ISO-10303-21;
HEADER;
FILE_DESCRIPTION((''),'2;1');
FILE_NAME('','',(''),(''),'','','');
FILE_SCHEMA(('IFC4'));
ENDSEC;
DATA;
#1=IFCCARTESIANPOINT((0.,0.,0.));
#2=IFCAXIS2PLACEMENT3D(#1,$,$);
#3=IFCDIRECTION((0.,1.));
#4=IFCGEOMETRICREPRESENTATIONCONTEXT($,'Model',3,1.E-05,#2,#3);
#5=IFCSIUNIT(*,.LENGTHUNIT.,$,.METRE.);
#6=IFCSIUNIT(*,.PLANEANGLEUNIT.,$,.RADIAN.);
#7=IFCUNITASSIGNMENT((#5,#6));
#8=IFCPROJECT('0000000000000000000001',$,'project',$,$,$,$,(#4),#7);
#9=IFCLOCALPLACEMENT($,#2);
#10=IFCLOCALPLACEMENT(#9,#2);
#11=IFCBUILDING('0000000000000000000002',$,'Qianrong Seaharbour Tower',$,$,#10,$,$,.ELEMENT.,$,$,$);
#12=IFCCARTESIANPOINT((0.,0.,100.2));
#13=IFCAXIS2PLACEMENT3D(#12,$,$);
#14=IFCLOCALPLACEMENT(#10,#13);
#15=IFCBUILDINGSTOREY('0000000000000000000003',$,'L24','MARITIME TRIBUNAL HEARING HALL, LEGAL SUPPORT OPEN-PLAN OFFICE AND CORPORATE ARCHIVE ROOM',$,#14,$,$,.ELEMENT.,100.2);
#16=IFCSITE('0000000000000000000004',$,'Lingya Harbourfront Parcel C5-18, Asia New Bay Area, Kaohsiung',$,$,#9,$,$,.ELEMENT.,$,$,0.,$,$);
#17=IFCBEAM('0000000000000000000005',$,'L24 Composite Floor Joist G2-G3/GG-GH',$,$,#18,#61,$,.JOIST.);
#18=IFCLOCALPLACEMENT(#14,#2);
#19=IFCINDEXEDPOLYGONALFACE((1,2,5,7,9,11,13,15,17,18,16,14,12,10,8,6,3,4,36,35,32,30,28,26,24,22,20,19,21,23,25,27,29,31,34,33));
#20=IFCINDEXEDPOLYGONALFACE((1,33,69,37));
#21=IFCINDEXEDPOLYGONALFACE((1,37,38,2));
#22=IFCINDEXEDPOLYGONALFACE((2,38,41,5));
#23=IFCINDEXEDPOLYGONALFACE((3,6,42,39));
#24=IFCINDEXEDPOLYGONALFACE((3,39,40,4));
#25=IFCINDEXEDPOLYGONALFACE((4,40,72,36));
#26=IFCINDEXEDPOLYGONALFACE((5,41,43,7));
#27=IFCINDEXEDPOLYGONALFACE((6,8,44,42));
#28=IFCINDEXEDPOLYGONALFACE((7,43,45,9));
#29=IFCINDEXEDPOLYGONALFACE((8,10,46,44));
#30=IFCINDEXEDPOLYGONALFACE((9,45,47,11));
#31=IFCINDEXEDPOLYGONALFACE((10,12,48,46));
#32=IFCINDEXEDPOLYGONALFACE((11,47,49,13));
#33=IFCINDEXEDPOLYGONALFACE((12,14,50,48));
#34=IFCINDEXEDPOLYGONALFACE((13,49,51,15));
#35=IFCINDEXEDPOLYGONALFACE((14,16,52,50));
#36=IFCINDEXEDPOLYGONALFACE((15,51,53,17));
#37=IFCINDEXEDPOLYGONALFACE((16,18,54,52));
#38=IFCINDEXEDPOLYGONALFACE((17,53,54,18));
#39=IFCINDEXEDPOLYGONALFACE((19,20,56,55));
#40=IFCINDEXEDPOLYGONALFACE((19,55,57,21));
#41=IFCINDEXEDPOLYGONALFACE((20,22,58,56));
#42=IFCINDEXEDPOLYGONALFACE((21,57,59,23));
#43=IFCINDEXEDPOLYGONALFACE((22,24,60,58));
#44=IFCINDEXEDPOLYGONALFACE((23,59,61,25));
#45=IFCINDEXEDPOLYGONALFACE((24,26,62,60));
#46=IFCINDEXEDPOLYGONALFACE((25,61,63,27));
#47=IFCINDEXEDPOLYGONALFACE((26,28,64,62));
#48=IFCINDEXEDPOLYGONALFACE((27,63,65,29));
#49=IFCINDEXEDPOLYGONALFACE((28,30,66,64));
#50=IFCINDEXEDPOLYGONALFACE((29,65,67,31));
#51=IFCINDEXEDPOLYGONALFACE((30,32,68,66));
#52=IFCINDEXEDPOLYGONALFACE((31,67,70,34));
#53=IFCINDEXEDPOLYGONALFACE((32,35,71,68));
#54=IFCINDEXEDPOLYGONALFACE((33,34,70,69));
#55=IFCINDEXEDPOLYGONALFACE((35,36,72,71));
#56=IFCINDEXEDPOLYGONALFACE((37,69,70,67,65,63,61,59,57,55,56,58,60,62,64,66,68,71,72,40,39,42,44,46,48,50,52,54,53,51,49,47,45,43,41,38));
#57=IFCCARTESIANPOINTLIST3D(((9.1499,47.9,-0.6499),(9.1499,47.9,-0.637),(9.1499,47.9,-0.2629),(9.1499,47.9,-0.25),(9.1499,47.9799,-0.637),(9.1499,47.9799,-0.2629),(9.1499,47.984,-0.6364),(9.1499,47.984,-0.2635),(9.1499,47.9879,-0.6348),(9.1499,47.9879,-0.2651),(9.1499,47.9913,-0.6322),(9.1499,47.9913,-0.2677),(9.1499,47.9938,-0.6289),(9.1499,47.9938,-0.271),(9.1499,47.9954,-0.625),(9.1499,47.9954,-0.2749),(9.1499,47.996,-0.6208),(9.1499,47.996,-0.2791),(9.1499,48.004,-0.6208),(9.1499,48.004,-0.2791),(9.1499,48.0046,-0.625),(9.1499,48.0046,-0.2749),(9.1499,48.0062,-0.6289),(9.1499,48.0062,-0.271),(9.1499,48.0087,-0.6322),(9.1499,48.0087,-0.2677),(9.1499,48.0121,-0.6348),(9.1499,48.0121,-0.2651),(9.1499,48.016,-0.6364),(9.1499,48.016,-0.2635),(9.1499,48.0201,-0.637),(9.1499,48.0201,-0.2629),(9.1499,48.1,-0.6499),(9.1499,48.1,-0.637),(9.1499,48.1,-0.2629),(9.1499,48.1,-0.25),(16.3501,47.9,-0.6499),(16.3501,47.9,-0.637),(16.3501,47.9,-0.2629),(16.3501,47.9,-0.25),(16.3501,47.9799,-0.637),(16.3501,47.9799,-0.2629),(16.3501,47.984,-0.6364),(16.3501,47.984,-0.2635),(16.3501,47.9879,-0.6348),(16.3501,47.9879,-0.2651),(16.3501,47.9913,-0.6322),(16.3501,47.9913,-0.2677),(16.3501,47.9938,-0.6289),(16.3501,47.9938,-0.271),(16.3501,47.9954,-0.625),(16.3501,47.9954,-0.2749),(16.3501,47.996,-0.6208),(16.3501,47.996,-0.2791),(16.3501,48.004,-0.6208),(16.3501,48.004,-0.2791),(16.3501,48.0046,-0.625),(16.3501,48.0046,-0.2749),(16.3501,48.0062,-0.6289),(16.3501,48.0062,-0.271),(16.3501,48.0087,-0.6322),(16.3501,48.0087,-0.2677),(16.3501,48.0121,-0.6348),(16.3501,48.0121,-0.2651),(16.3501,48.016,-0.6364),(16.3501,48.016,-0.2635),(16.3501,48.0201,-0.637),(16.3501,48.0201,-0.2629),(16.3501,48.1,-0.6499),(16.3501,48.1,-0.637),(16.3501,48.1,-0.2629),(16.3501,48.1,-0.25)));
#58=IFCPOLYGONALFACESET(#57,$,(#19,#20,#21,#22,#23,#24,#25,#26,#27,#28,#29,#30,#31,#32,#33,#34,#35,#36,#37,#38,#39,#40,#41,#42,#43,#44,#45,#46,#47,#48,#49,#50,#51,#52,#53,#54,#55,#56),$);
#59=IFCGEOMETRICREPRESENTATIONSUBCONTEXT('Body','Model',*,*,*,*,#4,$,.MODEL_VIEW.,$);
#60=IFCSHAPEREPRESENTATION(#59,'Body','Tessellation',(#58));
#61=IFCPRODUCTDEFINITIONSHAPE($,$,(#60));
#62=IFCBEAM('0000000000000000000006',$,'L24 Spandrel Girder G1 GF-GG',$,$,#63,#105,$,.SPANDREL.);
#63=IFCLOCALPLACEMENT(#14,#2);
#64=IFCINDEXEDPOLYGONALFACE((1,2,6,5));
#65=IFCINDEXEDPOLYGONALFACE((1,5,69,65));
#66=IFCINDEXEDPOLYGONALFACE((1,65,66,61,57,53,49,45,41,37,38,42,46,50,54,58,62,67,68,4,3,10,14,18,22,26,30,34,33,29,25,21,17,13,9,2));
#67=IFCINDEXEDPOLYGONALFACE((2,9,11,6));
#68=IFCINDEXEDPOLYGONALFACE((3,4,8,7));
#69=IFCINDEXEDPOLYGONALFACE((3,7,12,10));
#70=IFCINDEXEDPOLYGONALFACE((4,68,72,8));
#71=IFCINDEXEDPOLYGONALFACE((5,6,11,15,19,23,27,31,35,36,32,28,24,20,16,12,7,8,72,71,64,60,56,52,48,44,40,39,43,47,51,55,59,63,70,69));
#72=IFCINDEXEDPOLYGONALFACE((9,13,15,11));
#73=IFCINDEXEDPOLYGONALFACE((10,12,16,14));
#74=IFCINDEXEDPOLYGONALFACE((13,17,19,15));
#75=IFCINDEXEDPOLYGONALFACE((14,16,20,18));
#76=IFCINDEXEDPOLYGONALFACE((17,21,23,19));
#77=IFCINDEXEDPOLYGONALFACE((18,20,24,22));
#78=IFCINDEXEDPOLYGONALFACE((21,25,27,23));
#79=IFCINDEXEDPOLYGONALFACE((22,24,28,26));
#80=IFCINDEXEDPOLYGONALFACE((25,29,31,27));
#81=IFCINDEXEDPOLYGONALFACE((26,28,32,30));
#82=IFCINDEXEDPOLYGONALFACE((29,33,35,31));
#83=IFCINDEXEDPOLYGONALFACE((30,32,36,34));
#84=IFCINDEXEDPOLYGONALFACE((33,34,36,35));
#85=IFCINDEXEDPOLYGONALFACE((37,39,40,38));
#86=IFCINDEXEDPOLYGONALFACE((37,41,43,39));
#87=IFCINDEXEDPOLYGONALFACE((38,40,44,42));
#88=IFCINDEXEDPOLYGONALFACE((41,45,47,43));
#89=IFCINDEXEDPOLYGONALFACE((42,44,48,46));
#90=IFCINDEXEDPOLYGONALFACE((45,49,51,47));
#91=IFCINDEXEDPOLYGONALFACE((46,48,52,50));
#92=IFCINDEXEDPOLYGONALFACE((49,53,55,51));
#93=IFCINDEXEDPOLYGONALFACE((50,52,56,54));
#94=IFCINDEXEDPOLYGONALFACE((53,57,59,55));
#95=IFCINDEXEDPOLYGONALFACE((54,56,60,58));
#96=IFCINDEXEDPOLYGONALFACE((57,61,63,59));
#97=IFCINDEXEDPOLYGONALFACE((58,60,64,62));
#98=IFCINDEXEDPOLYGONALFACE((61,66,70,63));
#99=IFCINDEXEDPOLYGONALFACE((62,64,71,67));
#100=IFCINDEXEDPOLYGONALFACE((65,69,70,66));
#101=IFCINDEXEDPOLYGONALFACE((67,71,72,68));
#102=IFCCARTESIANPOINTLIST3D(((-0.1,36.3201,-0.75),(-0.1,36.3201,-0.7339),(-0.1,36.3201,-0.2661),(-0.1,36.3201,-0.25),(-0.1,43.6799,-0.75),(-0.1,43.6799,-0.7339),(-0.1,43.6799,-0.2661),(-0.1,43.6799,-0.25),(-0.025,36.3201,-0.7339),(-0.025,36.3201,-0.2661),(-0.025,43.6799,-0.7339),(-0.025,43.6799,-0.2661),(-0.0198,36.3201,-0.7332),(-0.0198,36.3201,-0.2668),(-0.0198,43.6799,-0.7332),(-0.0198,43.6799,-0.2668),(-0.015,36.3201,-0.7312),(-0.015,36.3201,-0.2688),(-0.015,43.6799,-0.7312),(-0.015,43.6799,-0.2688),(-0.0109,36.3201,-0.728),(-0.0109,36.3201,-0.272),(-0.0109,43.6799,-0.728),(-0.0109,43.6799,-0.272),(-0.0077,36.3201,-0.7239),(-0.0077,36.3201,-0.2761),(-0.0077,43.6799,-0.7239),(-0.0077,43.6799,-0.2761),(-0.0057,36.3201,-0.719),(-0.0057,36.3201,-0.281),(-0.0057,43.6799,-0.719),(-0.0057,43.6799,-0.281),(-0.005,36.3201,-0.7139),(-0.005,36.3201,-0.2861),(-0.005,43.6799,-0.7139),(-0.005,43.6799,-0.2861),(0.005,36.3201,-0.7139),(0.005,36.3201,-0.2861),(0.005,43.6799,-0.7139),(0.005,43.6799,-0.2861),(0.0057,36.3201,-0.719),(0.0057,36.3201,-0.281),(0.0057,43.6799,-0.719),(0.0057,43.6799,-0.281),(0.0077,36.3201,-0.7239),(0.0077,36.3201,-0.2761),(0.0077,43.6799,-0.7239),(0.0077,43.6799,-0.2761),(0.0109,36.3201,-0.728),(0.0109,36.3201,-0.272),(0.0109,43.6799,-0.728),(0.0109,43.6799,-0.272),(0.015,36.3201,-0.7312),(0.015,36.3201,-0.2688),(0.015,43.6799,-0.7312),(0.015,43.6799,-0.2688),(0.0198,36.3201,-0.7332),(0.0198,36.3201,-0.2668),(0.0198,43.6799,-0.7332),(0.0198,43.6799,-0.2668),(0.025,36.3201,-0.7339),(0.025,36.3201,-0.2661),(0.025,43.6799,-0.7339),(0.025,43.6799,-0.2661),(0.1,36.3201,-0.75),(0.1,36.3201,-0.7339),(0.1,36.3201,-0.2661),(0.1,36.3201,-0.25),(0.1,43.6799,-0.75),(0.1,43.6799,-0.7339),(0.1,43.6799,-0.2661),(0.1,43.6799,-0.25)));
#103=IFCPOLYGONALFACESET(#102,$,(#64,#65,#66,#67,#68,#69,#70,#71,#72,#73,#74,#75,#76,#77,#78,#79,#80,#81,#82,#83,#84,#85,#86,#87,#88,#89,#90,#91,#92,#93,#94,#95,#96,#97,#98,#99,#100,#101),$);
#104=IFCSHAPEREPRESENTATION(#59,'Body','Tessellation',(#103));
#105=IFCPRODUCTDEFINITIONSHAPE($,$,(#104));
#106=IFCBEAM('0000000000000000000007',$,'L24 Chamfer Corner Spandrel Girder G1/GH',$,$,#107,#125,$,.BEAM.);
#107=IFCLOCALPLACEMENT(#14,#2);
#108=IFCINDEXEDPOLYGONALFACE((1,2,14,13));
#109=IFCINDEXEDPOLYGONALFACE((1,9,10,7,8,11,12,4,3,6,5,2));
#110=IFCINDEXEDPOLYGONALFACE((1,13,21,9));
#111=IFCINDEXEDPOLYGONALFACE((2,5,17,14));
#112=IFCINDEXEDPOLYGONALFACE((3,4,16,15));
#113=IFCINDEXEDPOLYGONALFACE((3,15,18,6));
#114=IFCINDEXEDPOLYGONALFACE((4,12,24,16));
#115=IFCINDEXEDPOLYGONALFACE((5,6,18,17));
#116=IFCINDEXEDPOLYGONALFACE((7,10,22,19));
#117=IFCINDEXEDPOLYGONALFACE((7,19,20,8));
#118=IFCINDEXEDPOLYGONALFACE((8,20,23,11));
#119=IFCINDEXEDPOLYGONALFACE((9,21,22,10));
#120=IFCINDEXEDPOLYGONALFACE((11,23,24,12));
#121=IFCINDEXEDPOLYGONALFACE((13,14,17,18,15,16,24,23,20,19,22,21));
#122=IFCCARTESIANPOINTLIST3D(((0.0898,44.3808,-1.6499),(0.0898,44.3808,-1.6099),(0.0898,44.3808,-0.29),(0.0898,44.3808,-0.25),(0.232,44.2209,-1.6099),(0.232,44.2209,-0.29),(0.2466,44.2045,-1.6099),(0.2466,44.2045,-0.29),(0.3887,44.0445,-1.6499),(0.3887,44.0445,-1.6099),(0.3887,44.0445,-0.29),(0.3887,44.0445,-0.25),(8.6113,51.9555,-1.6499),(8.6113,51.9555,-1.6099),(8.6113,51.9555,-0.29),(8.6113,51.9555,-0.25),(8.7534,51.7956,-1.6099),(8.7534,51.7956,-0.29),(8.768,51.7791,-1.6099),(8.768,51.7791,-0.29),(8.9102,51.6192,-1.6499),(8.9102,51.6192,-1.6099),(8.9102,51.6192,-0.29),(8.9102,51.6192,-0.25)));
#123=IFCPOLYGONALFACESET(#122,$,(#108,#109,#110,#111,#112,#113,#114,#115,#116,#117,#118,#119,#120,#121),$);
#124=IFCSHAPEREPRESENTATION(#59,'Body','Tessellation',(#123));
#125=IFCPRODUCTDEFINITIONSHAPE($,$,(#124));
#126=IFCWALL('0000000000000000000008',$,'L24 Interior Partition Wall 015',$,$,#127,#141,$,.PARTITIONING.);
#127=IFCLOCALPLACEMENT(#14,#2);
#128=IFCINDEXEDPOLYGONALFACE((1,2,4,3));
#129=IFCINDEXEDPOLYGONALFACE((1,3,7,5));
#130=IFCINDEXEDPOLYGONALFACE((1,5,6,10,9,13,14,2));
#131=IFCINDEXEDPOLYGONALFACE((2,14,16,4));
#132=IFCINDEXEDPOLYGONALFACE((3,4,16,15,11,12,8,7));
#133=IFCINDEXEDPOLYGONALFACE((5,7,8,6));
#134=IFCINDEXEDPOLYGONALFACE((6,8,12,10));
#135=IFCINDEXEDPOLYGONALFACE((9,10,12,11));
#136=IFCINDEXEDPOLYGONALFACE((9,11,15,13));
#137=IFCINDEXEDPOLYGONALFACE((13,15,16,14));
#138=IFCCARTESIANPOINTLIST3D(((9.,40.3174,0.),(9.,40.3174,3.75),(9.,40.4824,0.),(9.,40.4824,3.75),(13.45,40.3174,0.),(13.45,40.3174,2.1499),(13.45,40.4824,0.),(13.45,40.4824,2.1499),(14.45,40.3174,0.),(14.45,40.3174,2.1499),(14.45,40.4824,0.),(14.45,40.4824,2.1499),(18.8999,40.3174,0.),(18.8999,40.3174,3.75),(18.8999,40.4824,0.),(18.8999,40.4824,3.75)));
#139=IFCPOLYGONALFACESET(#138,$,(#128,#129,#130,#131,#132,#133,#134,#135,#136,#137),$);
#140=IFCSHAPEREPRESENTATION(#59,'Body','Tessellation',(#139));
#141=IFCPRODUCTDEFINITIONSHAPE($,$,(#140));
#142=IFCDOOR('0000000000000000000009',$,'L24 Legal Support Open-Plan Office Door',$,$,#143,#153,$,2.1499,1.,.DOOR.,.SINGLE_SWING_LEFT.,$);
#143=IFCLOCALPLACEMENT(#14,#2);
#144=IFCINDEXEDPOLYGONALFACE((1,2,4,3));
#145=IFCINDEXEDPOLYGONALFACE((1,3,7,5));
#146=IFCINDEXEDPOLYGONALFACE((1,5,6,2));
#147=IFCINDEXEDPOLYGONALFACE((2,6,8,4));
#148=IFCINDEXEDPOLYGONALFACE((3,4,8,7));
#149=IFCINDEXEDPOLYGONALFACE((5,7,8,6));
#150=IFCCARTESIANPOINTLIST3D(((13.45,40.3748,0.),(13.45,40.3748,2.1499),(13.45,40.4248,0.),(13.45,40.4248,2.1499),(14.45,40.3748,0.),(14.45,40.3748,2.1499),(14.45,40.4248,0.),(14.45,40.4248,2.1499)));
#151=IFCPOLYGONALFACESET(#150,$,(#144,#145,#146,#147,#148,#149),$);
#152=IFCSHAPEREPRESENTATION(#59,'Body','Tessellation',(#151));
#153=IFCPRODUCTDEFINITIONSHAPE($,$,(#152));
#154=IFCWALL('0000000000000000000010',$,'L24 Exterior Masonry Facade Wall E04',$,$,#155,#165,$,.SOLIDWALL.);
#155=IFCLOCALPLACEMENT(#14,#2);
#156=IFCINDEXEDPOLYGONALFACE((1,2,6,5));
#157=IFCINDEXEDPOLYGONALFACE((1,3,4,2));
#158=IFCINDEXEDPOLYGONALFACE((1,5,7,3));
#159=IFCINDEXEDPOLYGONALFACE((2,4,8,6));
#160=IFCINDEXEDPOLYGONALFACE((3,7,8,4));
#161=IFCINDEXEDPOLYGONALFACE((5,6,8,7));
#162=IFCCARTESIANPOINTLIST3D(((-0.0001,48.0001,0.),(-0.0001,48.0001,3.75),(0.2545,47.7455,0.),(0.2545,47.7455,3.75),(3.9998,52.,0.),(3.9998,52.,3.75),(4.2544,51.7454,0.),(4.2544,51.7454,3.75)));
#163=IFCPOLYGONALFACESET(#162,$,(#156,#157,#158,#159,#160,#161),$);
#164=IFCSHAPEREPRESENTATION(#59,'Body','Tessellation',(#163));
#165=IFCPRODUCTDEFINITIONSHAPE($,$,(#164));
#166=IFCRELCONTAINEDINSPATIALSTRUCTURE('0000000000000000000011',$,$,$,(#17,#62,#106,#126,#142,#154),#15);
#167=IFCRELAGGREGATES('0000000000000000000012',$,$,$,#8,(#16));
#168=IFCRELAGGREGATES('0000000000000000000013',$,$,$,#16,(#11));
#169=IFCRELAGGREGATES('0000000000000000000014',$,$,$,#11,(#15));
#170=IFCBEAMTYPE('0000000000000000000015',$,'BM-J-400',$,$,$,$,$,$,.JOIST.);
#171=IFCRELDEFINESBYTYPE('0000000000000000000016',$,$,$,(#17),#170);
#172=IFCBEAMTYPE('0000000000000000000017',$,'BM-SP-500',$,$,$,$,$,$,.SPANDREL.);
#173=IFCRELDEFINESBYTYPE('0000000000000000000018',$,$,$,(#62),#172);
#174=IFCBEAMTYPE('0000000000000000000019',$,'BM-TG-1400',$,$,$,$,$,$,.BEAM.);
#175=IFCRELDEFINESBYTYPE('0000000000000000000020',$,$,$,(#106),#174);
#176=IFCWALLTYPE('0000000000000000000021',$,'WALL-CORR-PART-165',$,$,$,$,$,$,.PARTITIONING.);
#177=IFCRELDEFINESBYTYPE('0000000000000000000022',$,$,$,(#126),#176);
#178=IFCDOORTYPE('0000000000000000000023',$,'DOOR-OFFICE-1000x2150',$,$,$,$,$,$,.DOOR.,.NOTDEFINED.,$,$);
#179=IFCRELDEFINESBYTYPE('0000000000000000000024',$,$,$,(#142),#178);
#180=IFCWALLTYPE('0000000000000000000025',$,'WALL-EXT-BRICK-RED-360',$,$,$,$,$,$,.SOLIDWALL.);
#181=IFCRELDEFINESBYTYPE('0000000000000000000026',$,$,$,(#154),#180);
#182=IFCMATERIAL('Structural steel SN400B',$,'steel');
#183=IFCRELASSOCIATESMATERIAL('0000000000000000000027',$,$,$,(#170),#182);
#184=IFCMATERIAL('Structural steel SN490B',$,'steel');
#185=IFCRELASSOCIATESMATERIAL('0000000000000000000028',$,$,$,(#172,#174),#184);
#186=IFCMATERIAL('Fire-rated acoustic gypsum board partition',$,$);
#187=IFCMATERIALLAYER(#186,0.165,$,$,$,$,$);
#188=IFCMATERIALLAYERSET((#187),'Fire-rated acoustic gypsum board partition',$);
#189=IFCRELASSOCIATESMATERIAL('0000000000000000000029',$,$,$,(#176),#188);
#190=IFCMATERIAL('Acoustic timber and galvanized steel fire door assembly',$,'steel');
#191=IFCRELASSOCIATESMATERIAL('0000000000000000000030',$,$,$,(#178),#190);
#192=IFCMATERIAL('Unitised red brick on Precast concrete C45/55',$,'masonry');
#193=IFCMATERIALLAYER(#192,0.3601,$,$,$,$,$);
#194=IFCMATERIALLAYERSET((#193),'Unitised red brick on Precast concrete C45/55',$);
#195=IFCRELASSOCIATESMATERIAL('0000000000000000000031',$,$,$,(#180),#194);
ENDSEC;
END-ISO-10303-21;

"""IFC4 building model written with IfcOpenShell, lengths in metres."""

from ifc_helpers import new_model, si_unit, direction, frame, frame_2d, origin, origin_2d, place, context, subcontext, project, spatial, rectangle, i_section, extrude, material, layer, layer_set, material_profile, profile_set, type_object, element, fill, save


model = new_model("IFC4")

# Units and contexts
model_context = context("Model", 3, precision=1e-05, world=origin(), true_north=direction((0.0, 1.0)))
body_context = subcontext(model_context, "Body", "Model", "MODEL_VIEW")
ifc_project = project(units=[si_unit("LENGTHUNIT", "METRE"), si_unit("PLANEANGLEUNIT", "RADIAN")], contexts=[model_context])

# Site, building, storey
site_placement = place(None, origin())
site = spatial("IfcSite", under=ifc_project, at=site_placement, Name="Lingya Harbourfront Parcel C5-18, Asia New Bay Area, Kaohsiung", CompositionType="ELEMENT", RefElevation=0.0)
building_placement = place(site_placement, origin())
building = spatial("IfcBuilding", under=site, at=building_placement, Name="Qianrong Seaharbour Tower", CompositionType="ELEMENT")
storey_placement = place(building_placement, frame((0.0, 0.0, 100.2)))
storey = spatial("IfcBuildingStorey", under=building, at=storey_placement, Name="L24", Description="MARITIME TRIBUNAL HEARING HALL, LEGAL SUPPORT OPEN-PLAN OFFICE AND CORPORATE ARCHIVE ROOM", CompositionType="ELEMENT", Elevation=100.2)

# Shared definitions
ifc_material_1 = material(Name="Structural steel SN490B", Category="steel")

# Beams
ifc_material_2 = material(Name="Structural steel SN400B", Category="steel")
ifc_material_profile_1 = material_profile(ifc_material_2, i_section(OverallWidth=0.2, OverallDepth=0.3999, WebThickness=0.0081, FlangeThickness=0.0129, FilletRadius=0.0161, at=origin_2d()), Name="H400x200x8x13")
ifc_profile_set_1 = profile_set([ifc_material_profile_1], Name="Structural steel SN400B")
beam_type_1 = type_object("IfcBeamType", Name="BM-J-400", PredefinedType="JOIST", material=ifc_profile_set_1)
for number, where, z_axis, x_axis, name in (
    (1, (9.1499, 48.0, -0.45), (1.0, 0.0, 0.0), (0.0, 1.0, 0.0), "L24 Composite Floor Joist G2-G3/GG-GH"),
):
    element("IfcBeam", number, at=place(storey_placement, frame(where, z_axis=z_axis, x_axis=x_axis)), inside=storey, type_object=beam_type_1, Name=name, PredefinedType="JOIST", context=body_context, shape_type="SweptSolid", body=[
        extrude(i_section(OverallWidth=0.2, OverallDepth=0.3999, WebThickness=0.0081, FlangeThickness=0.0129, FilletRadius=0.0161, at=origin_2d()), origin(), (0.0, 0.0, 1.0), 7.2002),
    ])
ifc_material_profile_2 = material_profile(ifc_material_1, i_section(OverallWidth=0.2, OverallDepth=0.5, WebThickness=0.01, FlangeThickness=0.0161, FilletRadius=0.02, at=origin_2d()), Name="H500x200x10x16")
ifc_profile_set_2 = profile_set([ifc_material_profile_2], Name="Structural steel SN490B")
beam_type_2 = type_object("IfcBeamType", Name="BM-SP-500", PredefinedType="SPANDREL", material=ifc_profile_set_2)
beam_1_placement = place(storey_placement, frame((0.0, 36.3201, -0.5), z_axis=(0.0, 1.0, 0.0), x_axis=(-1.0, 0.0, 0.0)))
element("IfcBeam", 2, at=beam_1_placement, inside=storey, type_object=beam_type_2, Name="L24 Spandrel Girder G1 GF-GG", PredefinedType="SPANDREL", context=body_context, shape_type="SweptSolid", body=[
    extrude(i_section(OverallWidth=0.2, OverallDepth=0.5, WebThickness=0.01, FlangeThickness=0.0161, FilletRadius=0.02, at=origin_2d()), origin(), (0.0, 0.0, 1.0), 7.3599),
])
ifc_material_profile_3 = material_profile(ifc_material_1, i_section(OverallWidth=0.45, OverallDepth=1.3999, WebThickness=0.022, FlangeThickness=0.04, at=origin_2d()), Name="BH1400x450x22x40")
ifc_profile_set_3 = profile_set([ifc_material_profile_3], Name="Structural steel SN490B")
beam_type_3 = type_object("IfcBeamType", Name="BM-TG-1400", PredefinedType="BEAM", material=ifc_profile_set_3)
beam_2_placement = place(storey_placement, frame((8.7607, 51.7874, -0.95), z_axis=(-0.747407, -0.664366, 0.0), x_axis=(0.664366, -0.747407, 0.0)))
element("IfcBeam", 3, at=beam_2_placement, inside=storey, type_object=beam_type_3, Name="L24 Chamfer Corner Spandrel Girder G1/GH", PredefinedType="BEAM", context=body_context, shape_type="SweptSolid", body=[
    extrude(i_section(OverallWidth=0.45, OverallDepth=1.3999, WebThickness=0.022, FlangeThickness=0.04, at=origin_2d()), origin(), (0.0, 0.0, 1.0), 11.4014),
])

# Wall, opening, door
ifc_material_3 = material(Name="Fire-rated acoustic gypsum board partition")
ifc_layer_1 = layer(ifc_material_3, 0.165)
ifc_layer_set_1 = layer_set([ifc_layer_1], Name="Fire-rated acoustic gypsum board partition")
wall_type_1 = type_object("IfcWallType", Name="WALL-CORR-PART-165", PredefinedType="PARTITIONING", material=ifc_layer_set_1)
wall_1_placement = place(storey_placement, frame((9.0, 40.3999, 0.0), z_axis=(0.0, 0.0, 1.0), x_axis=(1.0, 0.0, 0.0)))
wall_1 = element("IfcWall", 4, at=wall_1_placement, inside=storey, type_object=wall_type_1, Name="L24 Interior Partition Wall 015", PredefinedType="PARTITIONING", context=body_context, shape_type="SweptSolid", body=[
    extrude(rectangle(XDim=9.8999, YDim=0.165, at=frame_2d((4.95, 0.0))), origin(), (0.0, 0.0, 1.0), 3.75),
])
opening_1_placement = place(wall_1_placement, frame((4.45, 0.0, 0.0)))
opening_1 = element("IfcOpeningElement", 5, at=opening_1_placement, cuts=wall_1, PredefinedType="OPENING", context=body_context, shape_type="SweptSolid", body=[
    extrude(rectangle(XDim=1.0, YDim=2.1499, at=frame_2d((0.5, 1.075))), frame((0.0, 0.0925, 0.0), z_axis=(0.0, -1.0, 0.0), x_axis=(1.0, 0.0, 0.0)), (0.0, 0.0, 1.0), 0.1851),
])
ifc_material_4 = material(Name="Acoustic timber and galvanized steel fire door assembly", Category="steel")
door_type = type_object("IfcDoorType", Name="DOOR-OFFICE-1000x2150", OperationType="NOTDEFINED", PredefinedType="DOOR", material=ifc_material_4)
door_placement = place(opening_1_placement, origin())
door = element("IfcDoor", 6, at=door_placement, inside=storey, type_object=door_type, Name="L24 Legal Support Open-Plan Office Door", OperationType="SINGLE_SWING_LEFT", OverallHeight=2.1499, OverallWidth=1.0, PredefinedType="DOOR", context=body_context, shape_type="SweptSolid", body=[
    extrude(rectangle(XDim=1.0, YDim=2.1499, at=frame_2d((0.5, 1.075))), frame((0.0, 0.0249, 0.0), z_axis=(0.0, -1.0, 0.0), x_axis=(1.0, 0.0, 0.0)), (0.0, 0.0, 1.0), 0.05),
])
fill(opening_1, door)

# Wall
ifc_material_5 = material(Name="Unitised red brick on Precast concrete C45/55", Category="masonry")
ifc_layer_2 = layer(ifc_material_5, 0.3601)
ifc_layer_set_2 = layer_set([ifc_layer_2], Name="Unitised red brick on Precast concrete C45/55")
wall_type_2 = type_object("IfcWallType", Name="WALL-EXT-BRICK-RED-360", PredefinedType="SOLIDWALL", material=ifc_layer_set_2)
wall_2_placement = place(storey_placement, frame((0.1272, 47.8728, 0.0), z_axis=(0.0, 0.0, 1.0), x_axis=(0.707107, 0.707107, 0.0)))
element("IfcWall", 7, at=wall_2_placement, inside=storey, type_object=wall_type_2, Name="L24 Exterior Masonry Facade Wall E04", PredefinedType="SOLIDWALL", context=body_context, shape_type="SweptSolid", body=[
    extrude(rectangle(XDim=5.6567, YDim=0.3601, at=frame_2d((2.8284, 0.0))), origin(), (0.0, 0.0, 1.0), 3.75),
])

save(model, "model.ifc")
